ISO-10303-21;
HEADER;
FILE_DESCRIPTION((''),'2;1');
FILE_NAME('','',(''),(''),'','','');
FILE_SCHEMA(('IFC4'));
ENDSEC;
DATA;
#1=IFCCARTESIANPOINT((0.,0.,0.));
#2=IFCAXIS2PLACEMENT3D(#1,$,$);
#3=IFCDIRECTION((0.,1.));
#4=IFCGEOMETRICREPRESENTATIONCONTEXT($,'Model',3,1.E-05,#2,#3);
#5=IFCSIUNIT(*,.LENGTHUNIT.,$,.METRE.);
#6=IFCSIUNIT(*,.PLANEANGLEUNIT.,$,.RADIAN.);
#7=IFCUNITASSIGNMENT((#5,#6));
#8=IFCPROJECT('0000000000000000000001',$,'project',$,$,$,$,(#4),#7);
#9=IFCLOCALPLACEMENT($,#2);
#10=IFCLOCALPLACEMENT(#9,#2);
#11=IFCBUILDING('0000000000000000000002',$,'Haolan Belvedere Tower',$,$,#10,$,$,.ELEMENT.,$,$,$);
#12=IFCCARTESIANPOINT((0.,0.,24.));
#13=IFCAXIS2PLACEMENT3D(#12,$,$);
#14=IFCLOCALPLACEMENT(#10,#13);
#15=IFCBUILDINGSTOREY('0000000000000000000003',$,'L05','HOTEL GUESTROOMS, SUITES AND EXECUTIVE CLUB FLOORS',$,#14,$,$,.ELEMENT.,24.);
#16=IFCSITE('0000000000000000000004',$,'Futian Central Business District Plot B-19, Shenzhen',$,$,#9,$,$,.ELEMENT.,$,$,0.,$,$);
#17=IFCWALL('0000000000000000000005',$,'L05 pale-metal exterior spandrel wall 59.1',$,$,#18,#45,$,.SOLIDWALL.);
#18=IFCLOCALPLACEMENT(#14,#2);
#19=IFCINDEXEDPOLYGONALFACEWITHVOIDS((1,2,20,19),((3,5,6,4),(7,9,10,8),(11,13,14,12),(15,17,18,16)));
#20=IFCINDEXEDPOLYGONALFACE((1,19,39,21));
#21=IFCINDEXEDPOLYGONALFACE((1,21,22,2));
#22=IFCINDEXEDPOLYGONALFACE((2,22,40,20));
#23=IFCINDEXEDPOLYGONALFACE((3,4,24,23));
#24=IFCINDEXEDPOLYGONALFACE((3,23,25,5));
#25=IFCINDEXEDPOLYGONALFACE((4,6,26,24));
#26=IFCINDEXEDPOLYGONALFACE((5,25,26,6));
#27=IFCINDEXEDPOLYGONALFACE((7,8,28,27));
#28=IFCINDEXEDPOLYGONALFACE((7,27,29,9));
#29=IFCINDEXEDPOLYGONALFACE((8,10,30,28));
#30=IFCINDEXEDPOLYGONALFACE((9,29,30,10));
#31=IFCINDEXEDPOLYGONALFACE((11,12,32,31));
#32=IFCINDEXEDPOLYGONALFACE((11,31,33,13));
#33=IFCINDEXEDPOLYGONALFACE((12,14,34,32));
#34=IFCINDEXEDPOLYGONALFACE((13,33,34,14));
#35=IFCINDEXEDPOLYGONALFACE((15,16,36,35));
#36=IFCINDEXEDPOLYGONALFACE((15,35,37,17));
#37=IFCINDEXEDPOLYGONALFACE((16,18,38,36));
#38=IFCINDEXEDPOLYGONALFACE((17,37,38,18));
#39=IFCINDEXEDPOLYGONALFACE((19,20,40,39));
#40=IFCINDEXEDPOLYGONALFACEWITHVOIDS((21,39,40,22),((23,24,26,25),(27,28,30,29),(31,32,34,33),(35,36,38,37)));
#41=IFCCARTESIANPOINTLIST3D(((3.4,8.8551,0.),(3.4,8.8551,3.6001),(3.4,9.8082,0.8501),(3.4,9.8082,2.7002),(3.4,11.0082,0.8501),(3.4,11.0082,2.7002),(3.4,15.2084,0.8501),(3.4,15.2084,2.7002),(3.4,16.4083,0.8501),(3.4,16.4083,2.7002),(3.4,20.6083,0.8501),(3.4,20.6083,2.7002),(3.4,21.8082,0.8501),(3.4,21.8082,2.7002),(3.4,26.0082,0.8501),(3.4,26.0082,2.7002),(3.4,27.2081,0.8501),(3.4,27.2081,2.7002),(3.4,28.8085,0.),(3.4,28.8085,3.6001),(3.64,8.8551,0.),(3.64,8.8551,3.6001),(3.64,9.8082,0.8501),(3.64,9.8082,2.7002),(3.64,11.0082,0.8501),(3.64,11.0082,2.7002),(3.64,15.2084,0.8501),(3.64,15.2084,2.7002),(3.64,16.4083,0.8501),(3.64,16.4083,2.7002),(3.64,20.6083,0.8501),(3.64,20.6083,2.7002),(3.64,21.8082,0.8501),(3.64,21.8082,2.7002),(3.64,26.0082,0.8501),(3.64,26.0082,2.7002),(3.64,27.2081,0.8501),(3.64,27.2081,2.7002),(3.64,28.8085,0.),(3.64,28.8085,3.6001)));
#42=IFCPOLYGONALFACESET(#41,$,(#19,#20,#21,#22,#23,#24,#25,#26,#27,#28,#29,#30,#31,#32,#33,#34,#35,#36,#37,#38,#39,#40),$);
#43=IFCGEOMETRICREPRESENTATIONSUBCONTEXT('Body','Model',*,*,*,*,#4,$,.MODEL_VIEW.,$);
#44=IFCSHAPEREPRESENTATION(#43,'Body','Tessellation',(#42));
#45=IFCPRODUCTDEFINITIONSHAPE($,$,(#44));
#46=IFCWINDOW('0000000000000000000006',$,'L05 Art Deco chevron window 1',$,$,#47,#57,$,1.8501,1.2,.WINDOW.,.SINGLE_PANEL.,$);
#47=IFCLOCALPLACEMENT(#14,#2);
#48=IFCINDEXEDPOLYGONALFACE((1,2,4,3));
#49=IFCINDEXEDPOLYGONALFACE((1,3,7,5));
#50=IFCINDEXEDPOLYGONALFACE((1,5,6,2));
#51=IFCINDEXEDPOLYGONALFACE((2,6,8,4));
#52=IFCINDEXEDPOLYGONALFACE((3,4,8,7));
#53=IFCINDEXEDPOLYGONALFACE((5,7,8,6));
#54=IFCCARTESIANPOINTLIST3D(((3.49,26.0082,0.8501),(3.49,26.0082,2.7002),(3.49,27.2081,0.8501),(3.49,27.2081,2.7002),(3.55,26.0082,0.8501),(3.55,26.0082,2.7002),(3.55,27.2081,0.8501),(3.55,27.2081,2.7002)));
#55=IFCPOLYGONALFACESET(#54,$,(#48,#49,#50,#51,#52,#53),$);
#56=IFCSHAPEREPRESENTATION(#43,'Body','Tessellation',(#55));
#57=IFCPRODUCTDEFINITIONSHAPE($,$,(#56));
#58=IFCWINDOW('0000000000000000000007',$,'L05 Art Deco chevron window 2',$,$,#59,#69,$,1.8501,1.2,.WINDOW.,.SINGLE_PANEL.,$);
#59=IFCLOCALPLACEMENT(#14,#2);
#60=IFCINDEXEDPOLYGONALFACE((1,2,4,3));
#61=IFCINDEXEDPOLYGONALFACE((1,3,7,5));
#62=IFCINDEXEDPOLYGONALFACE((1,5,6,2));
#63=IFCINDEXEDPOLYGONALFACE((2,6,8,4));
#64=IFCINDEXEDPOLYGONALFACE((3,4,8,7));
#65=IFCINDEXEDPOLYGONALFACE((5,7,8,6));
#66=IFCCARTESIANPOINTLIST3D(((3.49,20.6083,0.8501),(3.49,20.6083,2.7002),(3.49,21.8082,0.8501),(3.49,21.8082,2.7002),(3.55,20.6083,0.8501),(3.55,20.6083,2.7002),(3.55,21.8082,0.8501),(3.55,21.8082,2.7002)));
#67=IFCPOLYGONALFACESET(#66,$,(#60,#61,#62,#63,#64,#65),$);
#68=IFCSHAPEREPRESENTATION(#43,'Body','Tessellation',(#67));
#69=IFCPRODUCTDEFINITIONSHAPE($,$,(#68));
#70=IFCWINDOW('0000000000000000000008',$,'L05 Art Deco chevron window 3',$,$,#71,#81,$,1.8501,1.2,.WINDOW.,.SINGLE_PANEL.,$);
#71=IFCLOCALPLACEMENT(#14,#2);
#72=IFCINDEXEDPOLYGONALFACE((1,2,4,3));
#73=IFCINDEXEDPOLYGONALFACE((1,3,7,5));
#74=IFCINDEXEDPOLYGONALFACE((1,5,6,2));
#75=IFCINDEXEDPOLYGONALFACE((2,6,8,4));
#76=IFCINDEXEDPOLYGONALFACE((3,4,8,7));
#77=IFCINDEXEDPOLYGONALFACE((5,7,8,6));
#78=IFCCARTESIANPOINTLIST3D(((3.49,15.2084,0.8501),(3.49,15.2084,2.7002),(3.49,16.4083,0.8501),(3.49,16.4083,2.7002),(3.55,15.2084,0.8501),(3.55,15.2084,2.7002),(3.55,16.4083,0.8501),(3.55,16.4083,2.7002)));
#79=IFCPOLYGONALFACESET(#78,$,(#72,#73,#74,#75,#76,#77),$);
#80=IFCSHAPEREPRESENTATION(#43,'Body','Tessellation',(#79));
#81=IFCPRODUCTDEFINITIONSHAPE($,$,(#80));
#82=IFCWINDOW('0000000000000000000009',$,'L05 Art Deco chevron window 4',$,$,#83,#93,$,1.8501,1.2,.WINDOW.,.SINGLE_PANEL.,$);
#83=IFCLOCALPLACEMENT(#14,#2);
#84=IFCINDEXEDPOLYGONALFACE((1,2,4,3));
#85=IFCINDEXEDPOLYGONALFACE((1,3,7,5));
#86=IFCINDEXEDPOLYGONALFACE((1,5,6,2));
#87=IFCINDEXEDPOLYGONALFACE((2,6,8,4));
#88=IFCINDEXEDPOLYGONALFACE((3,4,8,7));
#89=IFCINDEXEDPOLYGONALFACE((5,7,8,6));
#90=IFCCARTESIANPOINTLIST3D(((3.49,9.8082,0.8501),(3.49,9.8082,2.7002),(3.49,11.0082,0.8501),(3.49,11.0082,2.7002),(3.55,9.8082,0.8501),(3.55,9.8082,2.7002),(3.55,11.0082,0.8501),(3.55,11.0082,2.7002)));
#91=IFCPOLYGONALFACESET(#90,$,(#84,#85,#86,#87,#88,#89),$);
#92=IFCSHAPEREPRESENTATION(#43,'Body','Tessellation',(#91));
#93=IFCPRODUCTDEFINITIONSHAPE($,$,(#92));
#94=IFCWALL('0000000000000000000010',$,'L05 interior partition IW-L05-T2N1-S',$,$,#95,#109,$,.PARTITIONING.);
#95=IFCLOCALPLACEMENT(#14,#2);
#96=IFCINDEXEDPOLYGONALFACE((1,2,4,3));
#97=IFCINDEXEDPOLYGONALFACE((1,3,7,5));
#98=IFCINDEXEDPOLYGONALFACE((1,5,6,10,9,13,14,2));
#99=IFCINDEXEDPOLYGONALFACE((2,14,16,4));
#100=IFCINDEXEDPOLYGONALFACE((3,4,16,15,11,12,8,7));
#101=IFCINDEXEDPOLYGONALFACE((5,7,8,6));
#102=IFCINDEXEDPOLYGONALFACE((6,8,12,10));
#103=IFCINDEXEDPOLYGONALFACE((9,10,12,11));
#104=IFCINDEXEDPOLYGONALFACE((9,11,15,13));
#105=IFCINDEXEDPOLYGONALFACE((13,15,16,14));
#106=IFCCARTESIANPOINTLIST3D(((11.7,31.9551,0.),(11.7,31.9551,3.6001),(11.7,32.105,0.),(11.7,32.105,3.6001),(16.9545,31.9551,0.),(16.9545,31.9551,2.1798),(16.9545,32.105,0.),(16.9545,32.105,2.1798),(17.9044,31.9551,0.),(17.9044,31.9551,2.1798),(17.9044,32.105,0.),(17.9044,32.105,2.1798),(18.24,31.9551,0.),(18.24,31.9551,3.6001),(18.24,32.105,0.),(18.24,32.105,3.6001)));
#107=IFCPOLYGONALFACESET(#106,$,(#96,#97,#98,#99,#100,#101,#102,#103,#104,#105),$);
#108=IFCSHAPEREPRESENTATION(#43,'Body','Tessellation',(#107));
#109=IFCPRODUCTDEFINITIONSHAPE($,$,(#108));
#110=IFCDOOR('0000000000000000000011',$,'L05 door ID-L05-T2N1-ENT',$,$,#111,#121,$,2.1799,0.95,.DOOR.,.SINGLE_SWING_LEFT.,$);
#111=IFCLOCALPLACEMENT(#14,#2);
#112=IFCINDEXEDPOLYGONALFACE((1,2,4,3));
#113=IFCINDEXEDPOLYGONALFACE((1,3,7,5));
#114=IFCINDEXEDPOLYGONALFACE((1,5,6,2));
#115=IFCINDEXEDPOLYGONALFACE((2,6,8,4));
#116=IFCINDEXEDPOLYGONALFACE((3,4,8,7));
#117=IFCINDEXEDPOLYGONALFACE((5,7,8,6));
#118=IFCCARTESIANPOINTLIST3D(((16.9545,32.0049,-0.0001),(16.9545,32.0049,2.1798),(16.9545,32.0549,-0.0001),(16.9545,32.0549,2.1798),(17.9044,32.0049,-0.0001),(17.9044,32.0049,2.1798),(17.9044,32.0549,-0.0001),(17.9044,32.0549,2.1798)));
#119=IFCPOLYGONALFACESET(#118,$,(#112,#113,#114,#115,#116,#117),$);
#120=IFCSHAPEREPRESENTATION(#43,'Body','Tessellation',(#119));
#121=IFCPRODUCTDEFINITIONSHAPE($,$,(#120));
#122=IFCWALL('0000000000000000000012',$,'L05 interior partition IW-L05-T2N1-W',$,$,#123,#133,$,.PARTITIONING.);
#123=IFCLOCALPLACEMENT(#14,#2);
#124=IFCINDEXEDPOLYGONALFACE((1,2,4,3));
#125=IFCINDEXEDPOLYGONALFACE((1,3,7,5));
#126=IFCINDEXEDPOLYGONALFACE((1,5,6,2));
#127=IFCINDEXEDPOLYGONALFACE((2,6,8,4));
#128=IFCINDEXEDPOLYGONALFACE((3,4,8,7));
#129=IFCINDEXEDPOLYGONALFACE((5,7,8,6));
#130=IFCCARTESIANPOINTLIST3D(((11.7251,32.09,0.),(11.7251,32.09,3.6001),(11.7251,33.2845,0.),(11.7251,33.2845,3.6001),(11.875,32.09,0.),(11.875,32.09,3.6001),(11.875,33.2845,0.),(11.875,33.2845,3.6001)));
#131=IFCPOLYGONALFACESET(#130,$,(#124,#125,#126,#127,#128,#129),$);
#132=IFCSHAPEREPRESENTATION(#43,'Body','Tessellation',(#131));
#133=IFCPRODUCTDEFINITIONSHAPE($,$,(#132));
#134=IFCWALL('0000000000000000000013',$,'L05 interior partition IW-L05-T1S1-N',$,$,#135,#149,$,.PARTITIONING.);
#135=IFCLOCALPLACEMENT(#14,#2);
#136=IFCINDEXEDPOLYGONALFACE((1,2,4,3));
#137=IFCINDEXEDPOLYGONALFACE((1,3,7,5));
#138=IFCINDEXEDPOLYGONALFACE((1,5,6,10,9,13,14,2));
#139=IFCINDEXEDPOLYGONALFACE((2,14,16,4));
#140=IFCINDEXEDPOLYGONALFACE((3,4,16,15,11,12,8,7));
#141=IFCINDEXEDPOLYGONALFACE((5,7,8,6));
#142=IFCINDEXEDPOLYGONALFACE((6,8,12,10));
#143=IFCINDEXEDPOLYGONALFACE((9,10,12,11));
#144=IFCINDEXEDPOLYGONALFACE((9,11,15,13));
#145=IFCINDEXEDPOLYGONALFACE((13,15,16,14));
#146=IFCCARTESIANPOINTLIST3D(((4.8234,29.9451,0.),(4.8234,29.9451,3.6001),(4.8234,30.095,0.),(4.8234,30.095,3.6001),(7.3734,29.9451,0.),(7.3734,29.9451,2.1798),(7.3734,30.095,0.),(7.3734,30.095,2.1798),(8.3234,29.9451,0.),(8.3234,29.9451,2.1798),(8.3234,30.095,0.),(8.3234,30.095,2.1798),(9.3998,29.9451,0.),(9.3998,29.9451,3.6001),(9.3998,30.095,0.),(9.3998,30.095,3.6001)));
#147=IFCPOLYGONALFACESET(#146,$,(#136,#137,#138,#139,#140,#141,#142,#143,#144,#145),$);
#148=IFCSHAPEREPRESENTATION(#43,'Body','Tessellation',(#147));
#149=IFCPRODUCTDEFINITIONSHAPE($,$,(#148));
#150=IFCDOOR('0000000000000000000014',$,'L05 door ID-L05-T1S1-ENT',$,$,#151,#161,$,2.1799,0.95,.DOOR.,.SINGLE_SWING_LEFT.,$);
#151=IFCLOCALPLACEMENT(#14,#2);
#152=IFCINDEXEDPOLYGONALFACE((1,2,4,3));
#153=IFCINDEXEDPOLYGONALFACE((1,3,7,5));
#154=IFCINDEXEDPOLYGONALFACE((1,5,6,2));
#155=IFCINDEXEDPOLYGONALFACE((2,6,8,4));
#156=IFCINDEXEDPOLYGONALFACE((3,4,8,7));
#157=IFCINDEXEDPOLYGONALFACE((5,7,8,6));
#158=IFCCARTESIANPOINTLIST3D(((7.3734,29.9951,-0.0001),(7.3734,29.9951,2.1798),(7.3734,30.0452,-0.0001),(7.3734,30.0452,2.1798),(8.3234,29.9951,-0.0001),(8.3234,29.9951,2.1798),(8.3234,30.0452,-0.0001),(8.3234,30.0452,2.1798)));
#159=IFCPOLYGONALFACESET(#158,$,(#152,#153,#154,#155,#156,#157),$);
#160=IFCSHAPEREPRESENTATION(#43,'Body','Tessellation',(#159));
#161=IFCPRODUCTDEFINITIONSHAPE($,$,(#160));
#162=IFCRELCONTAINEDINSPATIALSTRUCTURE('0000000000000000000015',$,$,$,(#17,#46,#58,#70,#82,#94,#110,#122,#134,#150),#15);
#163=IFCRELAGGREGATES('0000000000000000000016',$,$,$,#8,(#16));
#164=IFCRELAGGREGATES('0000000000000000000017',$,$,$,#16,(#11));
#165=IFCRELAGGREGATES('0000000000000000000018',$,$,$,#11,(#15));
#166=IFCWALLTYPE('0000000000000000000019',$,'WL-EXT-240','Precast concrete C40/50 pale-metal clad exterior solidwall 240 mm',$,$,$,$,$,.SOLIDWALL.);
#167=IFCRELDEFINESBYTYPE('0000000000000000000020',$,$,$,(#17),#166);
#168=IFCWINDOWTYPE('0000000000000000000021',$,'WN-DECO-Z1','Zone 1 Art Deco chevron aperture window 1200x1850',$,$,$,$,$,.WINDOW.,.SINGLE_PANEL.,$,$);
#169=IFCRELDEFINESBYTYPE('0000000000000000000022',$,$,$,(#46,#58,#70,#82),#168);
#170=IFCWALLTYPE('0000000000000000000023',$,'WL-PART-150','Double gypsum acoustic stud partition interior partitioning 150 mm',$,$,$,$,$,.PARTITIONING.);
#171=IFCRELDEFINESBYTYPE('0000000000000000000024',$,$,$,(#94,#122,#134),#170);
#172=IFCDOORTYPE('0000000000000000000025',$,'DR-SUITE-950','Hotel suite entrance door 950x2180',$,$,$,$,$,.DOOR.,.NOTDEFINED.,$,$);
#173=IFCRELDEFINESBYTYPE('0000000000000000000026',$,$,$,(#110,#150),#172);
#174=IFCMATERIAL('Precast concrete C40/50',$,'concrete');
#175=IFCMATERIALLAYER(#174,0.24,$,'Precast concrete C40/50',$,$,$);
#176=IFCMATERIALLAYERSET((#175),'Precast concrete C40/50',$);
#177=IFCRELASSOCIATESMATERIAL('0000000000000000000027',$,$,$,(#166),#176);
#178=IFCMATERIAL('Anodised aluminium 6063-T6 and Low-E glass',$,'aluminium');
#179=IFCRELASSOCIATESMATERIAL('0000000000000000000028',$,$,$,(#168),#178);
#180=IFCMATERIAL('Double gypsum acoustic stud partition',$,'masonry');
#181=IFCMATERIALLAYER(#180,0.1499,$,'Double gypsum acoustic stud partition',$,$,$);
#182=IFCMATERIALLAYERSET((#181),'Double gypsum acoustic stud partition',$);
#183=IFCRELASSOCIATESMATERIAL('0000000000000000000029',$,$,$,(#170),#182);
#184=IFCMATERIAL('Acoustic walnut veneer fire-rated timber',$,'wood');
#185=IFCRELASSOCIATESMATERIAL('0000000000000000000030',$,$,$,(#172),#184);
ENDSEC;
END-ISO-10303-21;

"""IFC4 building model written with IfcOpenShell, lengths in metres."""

from ifc_helpers import new_model, si_unit, direction, frame, frame_2d, origin, place, context, subcontext, project, spatial, rectangle, extrude, material, layer, layer_set, type_object, element, fill, save


model = new_model("IFC4")

# Units and contexts
model_context = context("Model", 3, precision=1e-05, world=origin(), true_north=direction((0.0, 1.0)))
body_context = subcontext(model_context, "Body", "Model", "MODEL_VIEW")
ifc_project = project(units=[si_unit("LENGTHUNIT", "METRE"), si_unit("PLANEANGLEUNIT", "RADIAN")], contexts=[model_context])

# Site, building, storey
site_placement = place(None, origin())
site = spatial("IfcSite", under=ifc_project, at=site_placement, Name="Futian Central Business District Plot B-19, Shenzhen", CompositionType="ELEMENT", RefElevation=0.0)
building_placement = place(site_placement, origin())
building = spatial("IfcBuilding", under=site, at=building_placement, Name="Haolan Belvedere Tower", CompositionType="ELEMENT")
storey_placement = place(building_placement, frame((0.0, 0.0, 24.0)))
storey = spatial("IfcBuildingStorey", under=building, at=storey_placement, Name="L05", Description="HOTEL GUESTROOMS, SUITES AND EXECUTIVE CLUB FLOORS", CompositionType="ELEMENT", Elevation=24.0)

# Shared definitions
ifc_material_1 = material(Name="Precast concrete C40/50", Category="concrete")
ifc_layer_1 = layer(ifc_material_1, 0.24, Name="Precast concrete C40/50")
ifc_layer_set_1 = layer_set([ifc_layer_1], Name="Precast concrete C40/50")
wall_type_1 = type_object("IfcWallType", Name="WL-EXT-240", Description="Precast concrete C40/50 pale-metal clad exterior solidwall 240 mm", PredefinedType="SOLIDWALL", material=ifc_layer_set_1)

# Shared definitions
ifc_material_2 = material(Name="Anodised aluminium 6063-T6 and Low-E glass", Category="aluminium")
window_type = type_object("IfcWindowType", Name="WN-DECO-Z1", Description="Zone 1 Art Deco chevron aperture window 1200x1850", PartitioningType="SINGLE_PANEL", PredefinedType="WINDOW", material=ifc_material_2)

# Wall, openings, windows
wall_1_placement = place(storey_placement, frame((3.52, 28.8083, 0.0), z_axis=(0.0, 0.0, 1.0), x_axis=(0.0, -1.0, 0.0)))
wall_1 = element("IfcWall", 1, at=wall_1_placement, inside=storey, type_object=wall_type_1, Name="L05 pale-metal exterior spandrel wall 59.1", PredefinedType="SOLIDWALL", context=body_context, shape_type="SweptSolid", body=[
    extrude(rectangle(XDim=19.9534, YDim=0.24, at=frame_2d((9.9766, 0.0))), origin(), (0.0, 0.0, 1.0), 3.6001),
])
opening_1_placement = place(wall_1_placement, frame((1.6001, 0.0, 0.8501)))
opening_1 = element("IfcOpeningElement", 2, at=opening_1_placement, cuts=wall_1, PredefinedType="OPENING", context=body_context, shape_type="SweptSolid", body=[
    extrude(rectangle(XDim=1.2, YDim=1.8501, at=frame_2d((0.6001, 0.925))), frame((0.0, 0.1299, 0.0), z_axis=(0.0, -1.0, 0.0), x_axis=(1.0, 0.0, 0.0)), (0.0, 0.0, 1.0), 0.26),
])
opening_2_placement = place(wall_1_placement, frame((7.0, 0.0, 0.8501)))
opening_2 = element("IfcOpeningElement", 3, at=opening_2_placement, cuts=wall_1, PredefinedType="OPENING", context=body_context, shape_type="SweptSolid", body=[
    extrude(rectangle(XDim=1.2, YDim=1.8501, at=frame_2d((0.6001, 0.925))), frame((0.0, 0.1299, 0.0), z_axis=(0.0, -1.0, 0.0), x_axis=(1.0, 0.0, 0.0)), (0.0, 0.0, 1.0), 0.26),
])
opening_3_placement = place(wall_1_placement, frame((12.3999, 0.0, 0.8501)))
opening_3 = element("IfcOpeningElement", 4, at=opening_3_placement, cuts=wall_1, PredefinedType="OPENING", context=body_context, shape_type="SweptSolid", body=[
    extrude(rectangle(XDim=1.2, YDim=1.8501, at=frame_2d((0.6001, 0.925))), frame((0.0, 0.1299, 0.0), z_axis=(0.0, -1.0, 0.0), x_axis=(1.0, 0.0, 0.0)), (0.0, 0.0, 1.0), 0.26),
])
opening_4_placement = place(wall_1_placement, frame((17.8, 0.0, 0.8501)))
opening_4 = element("IfcOpeningElement", 5, at=opening_4_placement, cuts=wall_1, PredefinedType="OPENING", context=body_context, shape_type="SweptSolid", body=[
    extrude(rectangle(XDim=1.2, YDim=1.8501, at=frame_2d((0.6001, 0.925))), frame((0.0, 0.1299, 0.0), z_axis=(0.0, -1.0, 0.0), x_axis=(1.0, 0.0, 0.0)), (0.0, 0.0, 1.0), 0.26),
])
window_1_placement = place(opening_1_placement, origin())
window_1 = element("IfcWindow", 6, at=window_1_placement, inside=storey, type_object=window_type, Name="L05 Art Deco chevron window 1", OverallHeight=1.8501, OverallWidth=1.2, PartitioningType="SINGLE_PANEL", PredefinedType="WINDOW", context=body_context, shape_type="SweptSolid", body=[
    extrude(rectangle(XDim=1.2, YDim=1.8501, at=frame_2d((0.6001, 0.925))), frame((0.0, 0.03, 0.0), z_axis=(0.0, -1.0, 0.0), x_axis=(1.0, 0.0, 0.0)), (0.0, 0.0, 1.0), 0.0601),
])
fill(opening_1, window_1)
window_2_placement = place(opening_2_placement, origin())
window_2 = element("IfcWindow", 7, at=window_2_placement, inside=storey, type_object=window_type, Name="L05 Art Deco chevron window 2", OverallHeight=1.8501, OverallWidth=1.2, PartitioningType="SINGLE_PANEL", PredefinedType="WINDOW", context=body_context, shape_type="SweptSolid", body=[
    extrude(rectangle(XDim=1.2, YDim=1.8501, at=frame_2d((0.6001, 0.925))), frame((0.0, 0.03, 0.0), z_axis=(0.0, -1.0, 0.0), x_axis=(1.0, 0.0, 0.0)), (0.0, 0.0, 1.0), 0.0601),
])
fill(opening_2, window_2)
window_3_placement = place(opening_3_placement, origin())
window_3 = element("IfcWindow", 8, at=window_3_placement, inside=storey, type_object=window_type, Name="L05 Art Deco chevron window 3", OverallHeight=1.8501, OverallWidth=1.2, PartitioningType="SINGLE_PANEL", PredefinedType="WINDOW", context=body_context, shape_type="SweptSolid", body=[
    extrude(rectangle(XDim=1.2, YDim=1.8501, at=frame_2d((0.6001, 0.925))), frame((0.0, 0.03, 0.0), z_axis=(0.0, -1.0, 0.0), x_axis=(1.0, 0.0, 0.0)), (0.0, 0.0, 1.0), 0.0601),
])
fill(opening_3, window_3)
window_4_placement = place(opening_4_placement, origin())
window_4 = element("IfcWindow", 9, at=window_4_placement, inside=storey, type_object=window_type, Name="L05 Art Deco chevron window 4", OverallHeight=1.8501, OverallWidth=1.2, PartitioningType="SINGLE_PANEL", PredefinedType="WINDOW", context=body_context, shape_type="SweptSolid", body=[
    extrude(rectangle(XDim=1.2, YDim=1.8501, at=frame_2d((0.6001, 0.925))), frame((0.0, 0.03, 0.0), z_axis=(0.0, -1.0, 0.0), x_axis=(1.0, 0.0, 0.0)), (0.0, 0.0, 1.0), 0.0601),
])
fill(opening_4, window_4)

# Wall, opening, door
ifc_material_3 = material(Name="Double gypsum acoustic stud partition", Category="masonry")
ifc_layer_2 = layer(ifc_material_3, 0.1499, Name="Double gypsum acoustic stud partition")
ifc_layer_set_2 = layer_set([ifc_layer_2], Name="Double gypsum acoustic stud partition")
wall_type_2 = type_object("IfcWallType", Name="WL-PART-150", Description="Double gypsum acoustic stud partition interior partitioning 150 mm", PredefinedType="PARTITIONING", material=ifc_layer_set_2)
wall_2_placement = place(storey_placement, frame((11.7, 32.03, 0.0), z_axis=(0.0, 0.0, 1.0), x_axis=(1.0, 0.0, 0.0)))
wall_2 = element("IfcWall", 10, at=wall_2_placement, inside=storey, type_object=wall_type_2, Name="L05 interior partition IW-L05-T2N1-S", PredefinedType="PARTITIONING", context=body_context, shape_type="SweptSolid", body=[
    extrude(rectangle(XDim=6.54, YDim=0.1499, at=frame_2d((3.27, 0.0))), origin(), (0.0, 0.0, 1.0), 3.6001),
])
opening_5_placement = place(wall_2_placement, frame((5.2544, 0.0, 0.0)))
opening_5 = element("IfcOpeningElement", 11, at=opening_5_placement, cuts=wall_2, PredefinedType="OPENING", context=body_context, shape_type="SweptSolid", body=[
    extrude(rectangle(XDim=0.95, YDim=2.1799, at=frame_2d((0.4751, 1.0898))), frame((0.0, 0.085, 0.0), z_axis=(0.0, -1.0, 0.0), x_axis=(1.0, 0.0, 0.0)), (0.0, 0.0, 1.0), 0.1699),
])
ifc_material_4 = material(Name="Acoustic walnut veneer fire-rated timber", Category="wood")
door_type_1 = type_object("IfcDoorType", Name="DR-SUITE-950", Description="Hotel suite entrance door 950x2180", OperationType="NOTDEFINED", PredefinedType="DOOR", material=ifc_material_4)
door_1_placement = place(opening_5_placement, origin())
door_1 = element("IfcDoor", 12, at=door_1_placement, inside=storey, type_object=door_type_1, Name="L05 door ID-L05-T2N1-ENT", OperationType="SINGLE_SWING_LEFT", OverallHeight=2.1799, OverallWidth=0.95, PredefinedType="DOOR", context=body_context, shape_type="SweptSolid", body=[
    extrude(rectangle(XDim=0.95, YDim=2.1799, at=frame_2d((0.4751, 1.0898))), frame((0.0, 0.0249, 0.0), z_axis=(0.0, -1.0, 0.0), x_axis=(1.0, 0.0, 0.0)), (0.0, 0.0, 1.0), 0.05),
])
fill(opening_5, door_1)

# Wall
wall_3_placement = place(storey_placement, frame((11.8, 32.0901, 0.0), z_axis=(0.0, 0.0, 1.0), x_axis=(0.0, 1.0, 0.0)))
element("IfcWall", 13, at=wall_3_placement, inside=storey, type_object=wall_type_2, Name="L05 interior partition IW-L05-T2N1-W", PredefinedType="PARTITIONING", context=body_context, shape_type="SweptSolid", body=[
    extrude(rectangle(XDim=1.1946, YDim=0.1499, at=frame_2d((0.5972, 0.0))), origin(), (0.0, 0.0, 1.0), 3.6001),
])

# Wall, opening, door
wall_4_placement = place(storey_placement, frame((4.8235, 30.02, 0.0), z_axis=(0.0, 0.0, 1.0), x_axis=(1.0, 0.0, 0.0)))
wall_4 = element("IfcWall", 14, at=wall_4_placement, inside=storey, type_object=wall_type_2, Name="L05 interior partition IW-L05-T1S1-N", PredefinedType="PARTITIONING", context=body_context, shape_type="SweptSolid", body=[
    extrude(rectangle(XDim=4.5764, YDim=0.1499, at=frame_2d((2.2881, 0.0))), origin(), (0.0, 0.0, 1.0), 3.6001),
])
opening_6_placement = place(wall_4_placement, frame((3.5, 0.0, 0.0), z_axis=(0.0, 0.0, 1.0), x_axis=(-1.0, 0.0, 0.0)))
opening_6 = element("IfcOpeningElement", 15, at=opening_6_placement, cuts=wall_4, PredefinedType="OPENING", context=body_context, shape_type="SweptSolid", body=[
    extrude(rectangle(XDim=0.95, YDim=2.1799, at=frame_2d((0.4751, 1.0898))), frame((0.0, 0.085, 0.0), z_axis=(0.0, -1.0, 0.0), x_axis=(1.0, 0.0, 0.0)), (0.0, 0.0, 1.0), 0.1699),
])
door_2_placement = place(opening_6_placement, origin())
door_2 = element("IfcDoor", 16, at=door_2_placement, inside=storey, type_object=door_type_1, Name="L05 door ID-L05-T1S1-ENT", OperationType="SINGLE_SWING_LEFT", OverallHeight=2.1799, OverallWidth=0.95, PredefinedType="DOOR", context=body_context, shape_type="SweptSolid", body=[
    extrude(rectangle(XDim=0.95, YDim=2.1799, at=frame_2d((0.4751, 1.0898))), frame((0.0, 0.0249, 0.0), z_axis=(0.0, -1.0, 0.0), x_axis=(1.0, 0.0, 0.0)), (0.0, 0.0, 1.0), 0.05),
])
fill(opening_6, door_2)

save(model, "model.ifc")
